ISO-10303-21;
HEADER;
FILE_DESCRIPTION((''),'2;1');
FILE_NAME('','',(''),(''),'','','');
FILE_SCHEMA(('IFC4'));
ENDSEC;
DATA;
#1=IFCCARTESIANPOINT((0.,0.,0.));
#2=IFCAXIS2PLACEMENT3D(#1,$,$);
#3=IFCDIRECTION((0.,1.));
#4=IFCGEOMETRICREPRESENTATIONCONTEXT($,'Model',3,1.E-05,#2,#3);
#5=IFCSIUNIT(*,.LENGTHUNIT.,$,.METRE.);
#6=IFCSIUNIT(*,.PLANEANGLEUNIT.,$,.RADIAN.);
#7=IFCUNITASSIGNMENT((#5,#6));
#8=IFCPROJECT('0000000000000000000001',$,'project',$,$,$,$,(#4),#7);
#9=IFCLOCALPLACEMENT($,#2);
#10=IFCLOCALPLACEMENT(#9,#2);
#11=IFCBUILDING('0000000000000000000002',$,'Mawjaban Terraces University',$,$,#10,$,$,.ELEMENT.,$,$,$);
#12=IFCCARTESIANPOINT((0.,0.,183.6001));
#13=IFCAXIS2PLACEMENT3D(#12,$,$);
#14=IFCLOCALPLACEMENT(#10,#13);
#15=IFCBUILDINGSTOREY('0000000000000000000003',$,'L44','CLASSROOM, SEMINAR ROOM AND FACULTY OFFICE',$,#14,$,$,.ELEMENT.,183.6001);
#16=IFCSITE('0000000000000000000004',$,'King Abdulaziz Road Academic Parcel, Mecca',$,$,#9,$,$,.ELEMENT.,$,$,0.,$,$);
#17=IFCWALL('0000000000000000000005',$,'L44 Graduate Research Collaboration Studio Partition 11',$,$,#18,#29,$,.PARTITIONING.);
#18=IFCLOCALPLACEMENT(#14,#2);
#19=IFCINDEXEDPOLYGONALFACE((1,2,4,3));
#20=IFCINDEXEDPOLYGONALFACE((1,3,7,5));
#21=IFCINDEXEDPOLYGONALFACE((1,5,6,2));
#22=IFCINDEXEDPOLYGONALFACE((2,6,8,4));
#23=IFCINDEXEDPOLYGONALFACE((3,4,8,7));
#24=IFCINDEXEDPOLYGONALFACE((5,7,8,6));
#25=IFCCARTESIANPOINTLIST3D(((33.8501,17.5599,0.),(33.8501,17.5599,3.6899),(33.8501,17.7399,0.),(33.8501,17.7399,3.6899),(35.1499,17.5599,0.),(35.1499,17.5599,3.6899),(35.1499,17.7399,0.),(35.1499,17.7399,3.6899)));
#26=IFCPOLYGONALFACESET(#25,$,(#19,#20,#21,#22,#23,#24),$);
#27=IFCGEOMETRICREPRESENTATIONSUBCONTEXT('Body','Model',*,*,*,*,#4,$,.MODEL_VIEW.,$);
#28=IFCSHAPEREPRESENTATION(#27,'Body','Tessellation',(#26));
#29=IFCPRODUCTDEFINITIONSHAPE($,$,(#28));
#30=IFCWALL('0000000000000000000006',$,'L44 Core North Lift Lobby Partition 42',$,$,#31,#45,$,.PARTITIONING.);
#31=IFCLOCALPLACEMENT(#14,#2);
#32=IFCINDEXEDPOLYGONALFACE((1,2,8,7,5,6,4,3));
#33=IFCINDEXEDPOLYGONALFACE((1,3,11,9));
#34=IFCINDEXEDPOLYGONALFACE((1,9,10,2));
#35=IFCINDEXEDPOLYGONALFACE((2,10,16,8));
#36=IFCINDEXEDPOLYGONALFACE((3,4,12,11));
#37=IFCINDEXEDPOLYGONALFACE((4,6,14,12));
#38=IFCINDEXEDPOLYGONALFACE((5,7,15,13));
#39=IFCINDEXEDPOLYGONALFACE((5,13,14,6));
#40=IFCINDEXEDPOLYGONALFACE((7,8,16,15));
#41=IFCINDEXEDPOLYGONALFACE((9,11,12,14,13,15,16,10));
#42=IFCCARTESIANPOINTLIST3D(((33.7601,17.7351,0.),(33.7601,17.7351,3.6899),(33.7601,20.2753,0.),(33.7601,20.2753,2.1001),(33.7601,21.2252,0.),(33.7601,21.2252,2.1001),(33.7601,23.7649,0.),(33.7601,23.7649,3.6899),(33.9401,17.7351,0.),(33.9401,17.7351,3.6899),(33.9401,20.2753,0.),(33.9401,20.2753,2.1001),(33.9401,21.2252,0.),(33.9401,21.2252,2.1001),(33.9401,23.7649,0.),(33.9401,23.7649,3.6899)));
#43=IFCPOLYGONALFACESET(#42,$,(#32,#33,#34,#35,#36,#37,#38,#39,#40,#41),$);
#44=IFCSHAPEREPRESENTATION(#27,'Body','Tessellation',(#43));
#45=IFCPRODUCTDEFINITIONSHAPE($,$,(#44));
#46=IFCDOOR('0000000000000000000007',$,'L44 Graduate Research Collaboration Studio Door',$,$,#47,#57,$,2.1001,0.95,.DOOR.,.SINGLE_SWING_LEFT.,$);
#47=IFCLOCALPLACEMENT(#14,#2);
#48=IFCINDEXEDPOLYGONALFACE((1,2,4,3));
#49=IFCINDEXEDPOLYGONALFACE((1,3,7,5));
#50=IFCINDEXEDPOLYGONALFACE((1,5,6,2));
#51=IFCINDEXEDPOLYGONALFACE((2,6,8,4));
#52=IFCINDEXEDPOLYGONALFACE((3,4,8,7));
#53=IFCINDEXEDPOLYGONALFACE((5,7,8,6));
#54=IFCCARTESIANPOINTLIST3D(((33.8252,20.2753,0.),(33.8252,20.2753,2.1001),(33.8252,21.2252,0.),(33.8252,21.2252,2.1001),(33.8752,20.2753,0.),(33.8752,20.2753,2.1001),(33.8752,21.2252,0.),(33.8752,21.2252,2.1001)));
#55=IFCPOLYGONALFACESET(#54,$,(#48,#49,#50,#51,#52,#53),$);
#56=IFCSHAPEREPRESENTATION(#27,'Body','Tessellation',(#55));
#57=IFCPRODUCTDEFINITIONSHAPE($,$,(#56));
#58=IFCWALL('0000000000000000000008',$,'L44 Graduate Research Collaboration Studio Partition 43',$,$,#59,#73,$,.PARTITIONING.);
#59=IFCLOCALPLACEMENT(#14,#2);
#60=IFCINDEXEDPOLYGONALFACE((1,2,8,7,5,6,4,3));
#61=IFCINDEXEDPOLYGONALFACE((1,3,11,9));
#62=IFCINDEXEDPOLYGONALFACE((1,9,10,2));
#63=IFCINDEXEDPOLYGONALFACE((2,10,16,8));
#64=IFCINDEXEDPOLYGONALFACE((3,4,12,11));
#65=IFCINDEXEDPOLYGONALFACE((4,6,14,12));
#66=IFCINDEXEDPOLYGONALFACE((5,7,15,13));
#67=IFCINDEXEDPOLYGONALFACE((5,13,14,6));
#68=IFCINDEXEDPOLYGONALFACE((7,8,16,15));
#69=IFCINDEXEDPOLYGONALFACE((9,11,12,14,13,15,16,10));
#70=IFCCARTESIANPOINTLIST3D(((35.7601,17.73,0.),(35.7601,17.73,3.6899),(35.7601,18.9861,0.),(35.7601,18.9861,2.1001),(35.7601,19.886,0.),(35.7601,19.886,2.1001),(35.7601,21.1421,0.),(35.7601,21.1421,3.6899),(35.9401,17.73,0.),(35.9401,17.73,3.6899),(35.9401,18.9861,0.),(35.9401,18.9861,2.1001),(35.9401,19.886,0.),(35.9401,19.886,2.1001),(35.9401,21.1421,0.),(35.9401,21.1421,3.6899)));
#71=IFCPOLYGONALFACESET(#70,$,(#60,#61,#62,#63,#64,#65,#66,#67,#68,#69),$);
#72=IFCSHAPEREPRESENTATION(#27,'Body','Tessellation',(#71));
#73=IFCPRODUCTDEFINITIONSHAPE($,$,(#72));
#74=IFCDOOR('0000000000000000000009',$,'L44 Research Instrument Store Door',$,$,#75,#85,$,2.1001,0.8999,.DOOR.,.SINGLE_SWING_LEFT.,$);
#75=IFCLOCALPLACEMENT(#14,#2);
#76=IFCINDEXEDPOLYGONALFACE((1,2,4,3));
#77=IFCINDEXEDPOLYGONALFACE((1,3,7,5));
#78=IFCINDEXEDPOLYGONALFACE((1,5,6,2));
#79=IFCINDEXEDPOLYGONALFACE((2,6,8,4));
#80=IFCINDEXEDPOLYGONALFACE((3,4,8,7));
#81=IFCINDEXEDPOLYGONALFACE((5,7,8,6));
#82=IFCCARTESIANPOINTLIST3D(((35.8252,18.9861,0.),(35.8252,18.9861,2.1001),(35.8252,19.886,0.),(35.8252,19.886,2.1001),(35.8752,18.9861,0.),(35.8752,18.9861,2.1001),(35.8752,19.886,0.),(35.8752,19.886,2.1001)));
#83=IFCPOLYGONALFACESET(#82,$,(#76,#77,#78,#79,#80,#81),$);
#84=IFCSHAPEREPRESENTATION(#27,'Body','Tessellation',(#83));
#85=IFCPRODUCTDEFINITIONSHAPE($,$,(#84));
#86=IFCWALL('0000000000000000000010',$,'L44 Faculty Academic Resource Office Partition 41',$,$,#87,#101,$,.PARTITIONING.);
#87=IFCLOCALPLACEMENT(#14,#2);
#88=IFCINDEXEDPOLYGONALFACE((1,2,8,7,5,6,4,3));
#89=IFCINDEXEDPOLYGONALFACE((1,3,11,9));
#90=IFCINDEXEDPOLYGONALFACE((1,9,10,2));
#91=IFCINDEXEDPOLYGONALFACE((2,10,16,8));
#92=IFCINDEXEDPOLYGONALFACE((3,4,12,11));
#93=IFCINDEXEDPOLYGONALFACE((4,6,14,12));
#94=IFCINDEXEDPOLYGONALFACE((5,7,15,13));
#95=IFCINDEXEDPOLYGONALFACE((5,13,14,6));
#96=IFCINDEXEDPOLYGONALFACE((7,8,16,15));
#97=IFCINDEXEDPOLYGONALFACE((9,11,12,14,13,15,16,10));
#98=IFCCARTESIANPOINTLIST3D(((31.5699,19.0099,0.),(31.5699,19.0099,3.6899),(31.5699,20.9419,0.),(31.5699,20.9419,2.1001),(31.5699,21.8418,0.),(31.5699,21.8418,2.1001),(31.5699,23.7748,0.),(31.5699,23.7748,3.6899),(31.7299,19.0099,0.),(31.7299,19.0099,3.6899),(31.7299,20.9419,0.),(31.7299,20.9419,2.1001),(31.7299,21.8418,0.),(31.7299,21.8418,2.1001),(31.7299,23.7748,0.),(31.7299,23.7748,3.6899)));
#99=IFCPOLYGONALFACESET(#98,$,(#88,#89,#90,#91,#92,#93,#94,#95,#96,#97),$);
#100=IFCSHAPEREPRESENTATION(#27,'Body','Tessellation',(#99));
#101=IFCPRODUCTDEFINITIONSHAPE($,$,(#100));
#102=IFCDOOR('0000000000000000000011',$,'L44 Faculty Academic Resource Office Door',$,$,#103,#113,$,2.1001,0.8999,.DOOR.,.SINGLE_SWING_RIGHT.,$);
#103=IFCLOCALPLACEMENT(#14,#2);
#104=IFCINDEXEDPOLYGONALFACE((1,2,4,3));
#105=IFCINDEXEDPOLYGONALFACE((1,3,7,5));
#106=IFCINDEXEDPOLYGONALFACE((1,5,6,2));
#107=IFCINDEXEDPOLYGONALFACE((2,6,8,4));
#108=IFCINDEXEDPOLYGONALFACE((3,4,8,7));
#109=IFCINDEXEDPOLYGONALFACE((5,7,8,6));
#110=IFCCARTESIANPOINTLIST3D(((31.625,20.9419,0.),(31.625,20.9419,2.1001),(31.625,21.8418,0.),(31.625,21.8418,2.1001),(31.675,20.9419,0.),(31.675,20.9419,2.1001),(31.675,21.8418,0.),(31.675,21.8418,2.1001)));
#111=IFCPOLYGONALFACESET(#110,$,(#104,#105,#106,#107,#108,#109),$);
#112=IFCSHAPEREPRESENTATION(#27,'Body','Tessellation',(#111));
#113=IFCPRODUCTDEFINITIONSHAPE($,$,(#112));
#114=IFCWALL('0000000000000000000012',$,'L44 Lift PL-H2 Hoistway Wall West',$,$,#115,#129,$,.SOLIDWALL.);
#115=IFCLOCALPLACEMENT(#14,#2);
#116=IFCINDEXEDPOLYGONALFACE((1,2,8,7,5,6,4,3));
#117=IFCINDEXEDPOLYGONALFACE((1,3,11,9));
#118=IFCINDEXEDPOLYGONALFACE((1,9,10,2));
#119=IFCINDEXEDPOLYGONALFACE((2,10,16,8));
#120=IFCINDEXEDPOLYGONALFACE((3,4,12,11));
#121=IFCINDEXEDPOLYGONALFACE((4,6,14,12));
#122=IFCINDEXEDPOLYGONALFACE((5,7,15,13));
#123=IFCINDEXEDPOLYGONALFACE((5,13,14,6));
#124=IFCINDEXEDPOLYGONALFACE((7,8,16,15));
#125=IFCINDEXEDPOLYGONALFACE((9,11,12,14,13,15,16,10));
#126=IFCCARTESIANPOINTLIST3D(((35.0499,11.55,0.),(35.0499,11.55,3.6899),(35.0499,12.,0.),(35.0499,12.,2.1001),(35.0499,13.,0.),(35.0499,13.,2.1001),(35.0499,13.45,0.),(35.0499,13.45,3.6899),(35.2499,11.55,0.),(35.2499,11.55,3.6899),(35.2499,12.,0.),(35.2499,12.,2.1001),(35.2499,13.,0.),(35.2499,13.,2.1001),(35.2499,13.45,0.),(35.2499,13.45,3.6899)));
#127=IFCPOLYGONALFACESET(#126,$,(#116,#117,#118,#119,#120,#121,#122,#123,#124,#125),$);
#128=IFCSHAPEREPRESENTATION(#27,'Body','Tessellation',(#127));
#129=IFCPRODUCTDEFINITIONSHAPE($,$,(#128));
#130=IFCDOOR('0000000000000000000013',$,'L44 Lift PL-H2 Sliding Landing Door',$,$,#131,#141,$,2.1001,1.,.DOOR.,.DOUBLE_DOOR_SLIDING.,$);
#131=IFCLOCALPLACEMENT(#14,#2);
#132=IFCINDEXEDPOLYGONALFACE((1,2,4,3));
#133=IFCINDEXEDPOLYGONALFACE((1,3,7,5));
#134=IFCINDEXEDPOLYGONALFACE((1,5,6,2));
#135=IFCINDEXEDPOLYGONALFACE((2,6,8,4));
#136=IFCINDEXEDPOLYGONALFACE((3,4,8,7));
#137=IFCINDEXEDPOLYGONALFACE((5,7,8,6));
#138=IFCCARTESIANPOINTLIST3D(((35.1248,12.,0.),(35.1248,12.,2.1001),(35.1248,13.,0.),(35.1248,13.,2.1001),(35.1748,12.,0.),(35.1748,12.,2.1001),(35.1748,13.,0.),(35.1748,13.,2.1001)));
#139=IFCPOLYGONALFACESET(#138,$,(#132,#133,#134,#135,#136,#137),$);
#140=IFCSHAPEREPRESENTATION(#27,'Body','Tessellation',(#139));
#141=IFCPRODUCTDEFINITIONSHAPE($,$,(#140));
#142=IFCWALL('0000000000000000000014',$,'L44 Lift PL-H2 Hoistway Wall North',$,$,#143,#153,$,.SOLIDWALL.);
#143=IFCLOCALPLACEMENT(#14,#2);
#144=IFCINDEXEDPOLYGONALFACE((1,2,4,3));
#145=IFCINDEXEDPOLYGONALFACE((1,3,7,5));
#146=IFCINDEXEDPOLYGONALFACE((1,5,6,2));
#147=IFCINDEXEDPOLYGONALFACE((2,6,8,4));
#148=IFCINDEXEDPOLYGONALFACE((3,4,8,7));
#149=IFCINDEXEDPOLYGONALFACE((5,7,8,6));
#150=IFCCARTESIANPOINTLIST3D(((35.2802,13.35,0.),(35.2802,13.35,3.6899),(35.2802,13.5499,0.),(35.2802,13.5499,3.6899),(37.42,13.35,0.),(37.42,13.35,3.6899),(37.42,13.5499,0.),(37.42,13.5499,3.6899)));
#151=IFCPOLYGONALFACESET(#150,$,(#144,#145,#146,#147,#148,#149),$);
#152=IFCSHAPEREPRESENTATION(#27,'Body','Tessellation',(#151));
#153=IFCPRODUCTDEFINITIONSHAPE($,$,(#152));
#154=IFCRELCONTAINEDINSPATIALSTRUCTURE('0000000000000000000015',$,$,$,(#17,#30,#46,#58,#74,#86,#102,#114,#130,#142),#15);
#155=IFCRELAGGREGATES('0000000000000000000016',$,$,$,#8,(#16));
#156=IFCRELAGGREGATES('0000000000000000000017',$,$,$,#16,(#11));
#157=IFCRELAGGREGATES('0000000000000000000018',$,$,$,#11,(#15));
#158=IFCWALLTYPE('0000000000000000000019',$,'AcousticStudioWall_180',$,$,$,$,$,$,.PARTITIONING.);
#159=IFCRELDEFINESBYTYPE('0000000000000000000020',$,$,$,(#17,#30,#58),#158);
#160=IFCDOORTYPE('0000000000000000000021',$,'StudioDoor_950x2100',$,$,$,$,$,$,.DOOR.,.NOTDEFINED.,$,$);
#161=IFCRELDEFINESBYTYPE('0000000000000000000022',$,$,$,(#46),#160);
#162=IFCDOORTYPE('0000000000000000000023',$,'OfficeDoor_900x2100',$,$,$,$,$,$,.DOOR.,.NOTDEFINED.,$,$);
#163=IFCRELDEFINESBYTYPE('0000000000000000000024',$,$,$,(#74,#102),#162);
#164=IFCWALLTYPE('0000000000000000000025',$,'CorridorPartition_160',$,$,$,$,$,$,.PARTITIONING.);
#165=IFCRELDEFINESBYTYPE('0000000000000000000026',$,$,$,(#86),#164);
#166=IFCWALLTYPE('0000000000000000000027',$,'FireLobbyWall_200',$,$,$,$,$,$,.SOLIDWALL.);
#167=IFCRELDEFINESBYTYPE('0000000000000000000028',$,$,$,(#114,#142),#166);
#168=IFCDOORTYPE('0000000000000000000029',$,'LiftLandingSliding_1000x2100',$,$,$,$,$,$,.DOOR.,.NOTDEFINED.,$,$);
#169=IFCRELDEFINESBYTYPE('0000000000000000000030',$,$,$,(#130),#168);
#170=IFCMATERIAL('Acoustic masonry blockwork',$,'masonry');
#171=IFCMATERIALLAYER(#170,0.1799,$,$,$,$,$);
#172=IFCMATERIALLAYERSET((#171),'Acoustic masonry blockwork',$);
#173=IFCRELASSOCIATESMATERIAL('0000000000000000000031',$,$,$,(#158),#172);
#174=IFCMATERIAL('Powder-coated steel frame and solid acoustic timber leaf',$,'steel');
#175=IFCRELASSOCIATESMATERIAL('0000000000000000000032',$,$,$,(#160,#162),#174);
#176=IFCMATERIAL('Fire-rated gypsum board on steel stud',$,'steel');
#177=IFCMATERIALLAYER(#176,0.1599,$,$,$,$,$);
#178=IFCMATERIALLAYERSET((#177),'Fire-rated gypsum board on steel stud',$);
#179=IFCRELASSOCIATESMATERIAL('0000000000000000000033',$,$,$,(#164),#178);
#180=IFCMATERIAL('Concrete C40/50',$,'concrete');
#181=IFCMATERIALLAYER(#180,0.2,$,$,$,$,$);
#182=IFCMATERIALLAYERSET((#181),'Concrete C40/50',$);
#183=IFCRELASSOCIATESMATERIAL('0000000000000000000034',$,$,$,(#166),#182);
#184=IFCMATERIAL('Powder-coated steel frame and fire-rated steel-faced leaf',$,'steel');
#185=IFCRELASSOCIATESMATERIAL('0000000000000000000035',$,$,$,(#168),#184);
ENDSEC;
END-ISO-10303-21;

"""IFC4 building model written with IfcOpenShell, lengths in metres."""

from ifc_helpers import new_model, si_unit, direction, frame, frame_2d, origin, place, context, subcontext, project, spatial, rectangle, extrude, material, layer, layer_set, type_object, element, fill, save


model = new_model("IFC4")

# Units and contexts
model_context = context("Model", 3, precision=1e-05, world=origin(), true_north=direction((0.0, 1.0)))
body_context = subcontext(model_context, "Body", "Model", "MODEL_VIEW")
ifc_project = project(units=[si_unit("LENGTHUNIT", "METRE"), si_unit("PLANEANGLEUNIT", "RADIAN")], contexts=[model_context])

# Site, building, storey
site_placement = place(None, origin())
site = spatial("IfcSite", under=ifc_project, at=site_placement, Name="King Abdulaziz Road Academic Parcel, Mecca", CompositionType="ELEMENT", RefElevation=0.0)
building_placement = place(site_placement, origin())
building = spatial("IfcBuilding", under=site, at=building_placement, Name="Mawjaban Terraces University", CompositionType="ELEMENT")
storey_placement = place(building_placement, frame((0.0, 0.0, 183.6001)))
storey = spatial("IfcBuildingStorey", under=building, at=storey_placement, Name="L44", Description="CLASSROOM, SEMINAR ROOM AND FACULTY OFFICE", CompositionType="ELEMENT", Elevation=183.6001)

# Wall
ifc_material_1 = material(Name="Acoustic masonry blockwork", Category="masonry")
ifc_layer_1 = layer(ifc_material_1, 0.1799)
ifc_layer_set_1 = layer_set([ifc_layer_1], Name="Acoustic masonry blockwork")
wall_type_1 = type_object("IfcWallType", Name="AcousticStudioWall_180", PredefinedType="PARTITIONING", material=ifc_layer_set_1)
wall_1_placement = place(storey_placement, frame((33.8501, 17.6499, 0.0), z_axis=(0.0, 0.0, 1.0), x_axis=(1.0, 0.0, 0.0)))
element("IfcWall", 1, at=wall_1_placement, inside=storey, type_object=wall_type_1, Name="L44 Graduate Research Collaboration Studio Partition 11", PredefinedType="PARTITIONING", context=body_context, shape_type="SweptSolid", body=[
    extrude(rectangle(XDim=1.2998, YDim=0.1799, at=frame_2d((0.6499, 0.0))), origin(), (0.0, 0.0, 1.0), 3.6899),
])

# Walls, openings, doors
wall_2_placement = place(storey_placement, frame((33.8501, 17.7351, 0.0), z_axis=(0.0, 0.0, 1.0), x_axis=(0.0, 1.0, 0.0)))
wall_2 = element("IfcWall", 2, at=wall_2_placement, inside=storey, type_object=wall_type_1, Name="L44 Core North Lift Lobby Partition 42", PredefinedType="PARTITIONING", context=body_context, shape_type="SweptSolid", body=[
    extrude(rectangle(XDim=6.0298, YDim=0.1799, at=frame_2d((3.0149, 0.0))), origin(), (0.0, 0.0, 1.0), 3.6899),
])
opening_1_placement = place(wall_2_placement, frame((2.54, 0.0, 0.0)))
opening_1 = element("IfcOpeningElement", 3, at=opening_1_placement, cuts=wall_2, PredefinedType="OPENING", context=body_context, shape_type="SweptSolid", body=[
    extrude(rectangle(XDim=0.95, YDim=2.1001, at=frame_2d((0.4751, 1.05))), frame((0.0, 0.0999, 0.0), z_axis=(0.0, -1.0, 0.0), x_axis=(1.0, 0.0, 0.0)), (0.0, 0.0, 1.0), 0.2),
])
ifc_material_2 = material(Name="Powder-coated steel frame and solid acoustic timber leaf", Category="steel")
door_type_1 = type_object("IfcDoorType", Name="StudioDoor_950x2100", OperationType="NOTDEFINED", PredefinedType="DOOR", material=ifc_material_2)
door_1_placement = place(opening_1_placement, origin())
door_1 = element("IfcDoor", 4, at=door_1_placement, inside=storey, type_object=door_type_1, Name="L44 Graduate Research Collaboration Studio Door", OperationType="SINGLE_SWING_LEFT", OverallHeight=2.1001, OverallWidth=0.95, PredefinedType="DOOR", context=body_context, shape_type="SweptSolid", body=[
    extrude(rectangle(XDim=0.95, YDim=2.1001, at=frame_2d((0.4751, 1.05))), frame((0.0, 0.0249, 0.0), z_axis=(0.0, -1.0, 0.0), x_axis=(1.0, 0.0, 0.0)), (0.0, 0.0, 1.0), 0.05),
])
fill(opening_1, door_1)
wall_3_placement = place(storey_placement, frame((35.8501, 17.73, 0.0), z_axis=(0.0, 0.0, 1.0), x_axis=(0.0, 1.0, 0.0)))
wall_3 = element("IfcWall", 5, at=wall_3_placement, inside=storey, type_object=wall_type_1, Name="L44 Graduate Research Collaboration Studio Partition 43", PredefinedType="PARTITIONING", context=body_context, shape_type="SweptSolid", body=[
    extrude(rectangle(XDim=3.4121, YDim=0.1799, at=frame_2d((1.7061, 0.0))), origin(), (0.0, 0.0, 1.0), 3.6899),
])
opening_2_placement = place(wall_3_placement, frame((1.2561, 0.0, 0.0)))
opening_2 = element("IfcOpeningElement", 6, at=opening_2_placement, cuts=wall_3, PredefinedType="OPENING", context=body_context, shape_type="SweptSolid", body=[
    extrude(rectangle(XDim=0.8999, YDim=2.1001, at=frame_2d((0.45, 1.05))), frame((0.0, 0.0999, 0.0), z_axis=(0.0, -1.0, 0.0), x_axis=(1.0, 0.0, 0.0)), (0.0, 0.0, 1.0), 0.2),
])
door_type_2 = type_object("IfcDoorType", Name="OfficeDoor_900x2100", OperationType="NOTDEFINED", PredefinedType="DOOR", material=ifc_material_2)
door_2_placement = place(opening_2_placement, origin())
door_2 = element("IfcDoor", 7, at=door_2_placement, inside=storey, type_object=door_type_2, Name="L44 Research Instrument Store Door", OperationType="SINGLE_SWING_LEFT", OverallHeight=2.1001, OverallWidth=0.8999, PredefinedType="DOOR", context=body_context, shape_type="SweptSolid", body=[
    extrude(rectangle(XDim=0.8999, YDim=2.1001, at=frame_2d((0.45, 1.05))), frame((0.0, 0.0249, 0.0), z_axis=(0.0, -1.0, 0.0), x_axis=(1.0, 0.0, 0.0)), (0.0, 0.0, 1.0), 0.05),
])
fill(opening_2, door_2)
ifc_material_3 = material(Name="Fire-rated gypsum board on steel stud", Category="steel")
ifc_layer_2 = layer(ifc_material_3, 0.1599)
ifc_layer_set_2 = layer_set([ifc_layer_2], Name="Fire-rated gypsum board on steel stud")
wall_type_2 = type_object("IfcWallType", Name="CorridorPartition_160", PredefinedType="PARTITIONING", material=ifc_layer_set_2)
wall_4_placement = place(storey_placement, frame((31.6499, 19.01, 0.0), z_axis=(0.0, 0.0, 1.0), x_axis=(0.0, 1.0, 0.0)))
wall_4 = element("IfcWall", 8, at=wall_4_placement, inside=storey, type_object=wall_type_2, Name="L44 Faculty Academic Resource Office Partition 41", PredefinedType="PARTITIONING", context=body_context, shape_type="SweptSolid", body=[
    extrude(rectangle(XDim=4.7649, YDim=0.1599, at=frame_2d((2.3823, 0.0))), origin(), (0.0, 0.0, 1.0), 3.6899),
])
opening_3_placement = place(wall_4_placement, frame((1.9319, 0.0, 0.0)))
opening_3 = element("IfcOpeningElement", 9, at=opening_3_placement, cuts=wall_4, PredefinedType="OPENING", context=body_context, shape_type="SweptSolid", body=[
    extrude(rectangle(XDim=0.8999, YDim=2.1001, at=frame_2d((0.45, 1.05))), frame((0.0, 0.0898, 0.0), z_axis=(0.0, -1.0, 0.0), x_axis=(1.0, 0.0, 0.0)), (0.0, 0.0, 1.0), 0.1799),
])
door_3_placement = place(opening_3_placement, origin())
door_3 = element("IfcDoor", 10, at=door_3_placement, inside=storey, type_object=door_type_2, Name="L44 Faculty Academic Resource Office Door", OperationType="SINGLE_SWING_RIGHT", OverallHeight=2.1001, OverallWidth=0.8999, PredefinedType="DOOR", context=body_context, shape_type="SweptSolid", body=[
    extrude(rectangle(XDim=0.8999, YDim=2.1001, at=frame_2d((0.45, 1.05))), frame((0.0, 0.0249, 0.0), z_axis=(0.0, -1.0, 0.0), x_axis=(1.0, 0.0, 0.0)), (0.0, 0.0, 1.0), 0.05),
])
fill(opening_3, door_3)
ifc_material_4 = material(Name="Concrete C40/50", Category="concrete")
ifc_layer_3 = layer(ifc_material_4, 0.2)
ifc_layer_set_3 = layer_set([ifc_layer_3], Name="Concrete C40/50")
wall_type_3 = type_object("IfcWallType", Name="FireLobbyWall_200", PredefinedType="SOLIDWALL", material=ifc_layer_set_3)
wall_5_placement = place(storey_placement, frame((35.1499, 13.45, 0.0), z_axis=(0.0, 0.0, 1.0), x_axis=(0.0, -1.0, 0.0)))
wall_5 = element("IfcWall", 11, at=wall_5_placement, inside=storey, type_object=wall_type_3, Name="L44 Lift PL-H2 Hoistway Wall West", PredefinedType="SOLIDWALL", context=body_context, shape_type="SweptSolid", body=[
    extrude(rectangle(XDim=1.8999, YDim=0.2, at=frame_2d((0.95, 0.0))), origin(), (0.0, 0.0, 1.0), 3.6899),
])
opening_4_placement = place(wall_5_placement, frame((0.45, 0.0, 0.0)))
opening_4 = element("IfcOpeningElement", 12, at=opening_4_placement, cuts=wall_5, PredefinedType="OPENING", context=body_context, shape_type="SweptSolid", body=[
    extrude(rectangle(XDim=1.0, YDim=2.1001, at=frame_2d((0.5, 1.05))), frame((0.0, 0.1099, 0.0), z_axis=(0.0, -1.0, 0.0), x_axis=(1.0, 0.0, 0.0)), (0.0, 0.0, 1.0), 0.22),
])
ifc_material_5 = material(Name="Powder-coated steel frame and fire-rated steel-faced leaf", Category="steel")
door_type_3 = type_object("IfcDoorType", Name="LiftLandingSliding_1000x2100", OperationType="NOTDEFINED", PredefinedType="DOOR", material=ifc_material_5)
door_4_placement = place(opening_4_placement, origin())
door_4 = element("IfcDoor", 13, at=door_4_placement, inside=storey, type_object=door_type_3, Name="L44 Lift PL-H2 Sliding Landing Door", OperationType="DOUBLE_DOOR_SLIDING", OverallHeight=2.1001, OverallWidth=1.0, PredefinedType="DOOR", context=body_context, shape_type="SweptSolid", body=[
    extrude(rectangle(XDim=1.0, YDim=2.1001, at=frame_2d((0.5, 1.05))), frame((0.0, 0.0249, 0.0), z_axis=(0.0, -1.0, 0.0), x_axis=(1.0, 0.0, 0.0)), (0.0, 0.0, 1.0), 0.05),
])
fill(opening_4, door_4)

# Wall
wall_6_placement = place(storey_placement, frame((37.4199, 13.45, 0.0), z_axis=(0.0, 0.0, 1.0), x_axis=(-1.0, 0.0, 0.0)))
element("IfcWall", 14, at=wall_6_placement, inside=storey, type_object=wall_type_3, Name="L44 Lift PL-H2 Hoistway Wall North", PredefinedType="SOLIDWALL", context=body_context, shape_type="SweptSolid", body=[
    extrude(rectangle(XDim=2.1399, YDim=0.2, at=frame_2d((1.0698, 0.0))), origin(), (0.0, 0.0, 1.0), 3.6899),
])

save(model, "model.ifc")
